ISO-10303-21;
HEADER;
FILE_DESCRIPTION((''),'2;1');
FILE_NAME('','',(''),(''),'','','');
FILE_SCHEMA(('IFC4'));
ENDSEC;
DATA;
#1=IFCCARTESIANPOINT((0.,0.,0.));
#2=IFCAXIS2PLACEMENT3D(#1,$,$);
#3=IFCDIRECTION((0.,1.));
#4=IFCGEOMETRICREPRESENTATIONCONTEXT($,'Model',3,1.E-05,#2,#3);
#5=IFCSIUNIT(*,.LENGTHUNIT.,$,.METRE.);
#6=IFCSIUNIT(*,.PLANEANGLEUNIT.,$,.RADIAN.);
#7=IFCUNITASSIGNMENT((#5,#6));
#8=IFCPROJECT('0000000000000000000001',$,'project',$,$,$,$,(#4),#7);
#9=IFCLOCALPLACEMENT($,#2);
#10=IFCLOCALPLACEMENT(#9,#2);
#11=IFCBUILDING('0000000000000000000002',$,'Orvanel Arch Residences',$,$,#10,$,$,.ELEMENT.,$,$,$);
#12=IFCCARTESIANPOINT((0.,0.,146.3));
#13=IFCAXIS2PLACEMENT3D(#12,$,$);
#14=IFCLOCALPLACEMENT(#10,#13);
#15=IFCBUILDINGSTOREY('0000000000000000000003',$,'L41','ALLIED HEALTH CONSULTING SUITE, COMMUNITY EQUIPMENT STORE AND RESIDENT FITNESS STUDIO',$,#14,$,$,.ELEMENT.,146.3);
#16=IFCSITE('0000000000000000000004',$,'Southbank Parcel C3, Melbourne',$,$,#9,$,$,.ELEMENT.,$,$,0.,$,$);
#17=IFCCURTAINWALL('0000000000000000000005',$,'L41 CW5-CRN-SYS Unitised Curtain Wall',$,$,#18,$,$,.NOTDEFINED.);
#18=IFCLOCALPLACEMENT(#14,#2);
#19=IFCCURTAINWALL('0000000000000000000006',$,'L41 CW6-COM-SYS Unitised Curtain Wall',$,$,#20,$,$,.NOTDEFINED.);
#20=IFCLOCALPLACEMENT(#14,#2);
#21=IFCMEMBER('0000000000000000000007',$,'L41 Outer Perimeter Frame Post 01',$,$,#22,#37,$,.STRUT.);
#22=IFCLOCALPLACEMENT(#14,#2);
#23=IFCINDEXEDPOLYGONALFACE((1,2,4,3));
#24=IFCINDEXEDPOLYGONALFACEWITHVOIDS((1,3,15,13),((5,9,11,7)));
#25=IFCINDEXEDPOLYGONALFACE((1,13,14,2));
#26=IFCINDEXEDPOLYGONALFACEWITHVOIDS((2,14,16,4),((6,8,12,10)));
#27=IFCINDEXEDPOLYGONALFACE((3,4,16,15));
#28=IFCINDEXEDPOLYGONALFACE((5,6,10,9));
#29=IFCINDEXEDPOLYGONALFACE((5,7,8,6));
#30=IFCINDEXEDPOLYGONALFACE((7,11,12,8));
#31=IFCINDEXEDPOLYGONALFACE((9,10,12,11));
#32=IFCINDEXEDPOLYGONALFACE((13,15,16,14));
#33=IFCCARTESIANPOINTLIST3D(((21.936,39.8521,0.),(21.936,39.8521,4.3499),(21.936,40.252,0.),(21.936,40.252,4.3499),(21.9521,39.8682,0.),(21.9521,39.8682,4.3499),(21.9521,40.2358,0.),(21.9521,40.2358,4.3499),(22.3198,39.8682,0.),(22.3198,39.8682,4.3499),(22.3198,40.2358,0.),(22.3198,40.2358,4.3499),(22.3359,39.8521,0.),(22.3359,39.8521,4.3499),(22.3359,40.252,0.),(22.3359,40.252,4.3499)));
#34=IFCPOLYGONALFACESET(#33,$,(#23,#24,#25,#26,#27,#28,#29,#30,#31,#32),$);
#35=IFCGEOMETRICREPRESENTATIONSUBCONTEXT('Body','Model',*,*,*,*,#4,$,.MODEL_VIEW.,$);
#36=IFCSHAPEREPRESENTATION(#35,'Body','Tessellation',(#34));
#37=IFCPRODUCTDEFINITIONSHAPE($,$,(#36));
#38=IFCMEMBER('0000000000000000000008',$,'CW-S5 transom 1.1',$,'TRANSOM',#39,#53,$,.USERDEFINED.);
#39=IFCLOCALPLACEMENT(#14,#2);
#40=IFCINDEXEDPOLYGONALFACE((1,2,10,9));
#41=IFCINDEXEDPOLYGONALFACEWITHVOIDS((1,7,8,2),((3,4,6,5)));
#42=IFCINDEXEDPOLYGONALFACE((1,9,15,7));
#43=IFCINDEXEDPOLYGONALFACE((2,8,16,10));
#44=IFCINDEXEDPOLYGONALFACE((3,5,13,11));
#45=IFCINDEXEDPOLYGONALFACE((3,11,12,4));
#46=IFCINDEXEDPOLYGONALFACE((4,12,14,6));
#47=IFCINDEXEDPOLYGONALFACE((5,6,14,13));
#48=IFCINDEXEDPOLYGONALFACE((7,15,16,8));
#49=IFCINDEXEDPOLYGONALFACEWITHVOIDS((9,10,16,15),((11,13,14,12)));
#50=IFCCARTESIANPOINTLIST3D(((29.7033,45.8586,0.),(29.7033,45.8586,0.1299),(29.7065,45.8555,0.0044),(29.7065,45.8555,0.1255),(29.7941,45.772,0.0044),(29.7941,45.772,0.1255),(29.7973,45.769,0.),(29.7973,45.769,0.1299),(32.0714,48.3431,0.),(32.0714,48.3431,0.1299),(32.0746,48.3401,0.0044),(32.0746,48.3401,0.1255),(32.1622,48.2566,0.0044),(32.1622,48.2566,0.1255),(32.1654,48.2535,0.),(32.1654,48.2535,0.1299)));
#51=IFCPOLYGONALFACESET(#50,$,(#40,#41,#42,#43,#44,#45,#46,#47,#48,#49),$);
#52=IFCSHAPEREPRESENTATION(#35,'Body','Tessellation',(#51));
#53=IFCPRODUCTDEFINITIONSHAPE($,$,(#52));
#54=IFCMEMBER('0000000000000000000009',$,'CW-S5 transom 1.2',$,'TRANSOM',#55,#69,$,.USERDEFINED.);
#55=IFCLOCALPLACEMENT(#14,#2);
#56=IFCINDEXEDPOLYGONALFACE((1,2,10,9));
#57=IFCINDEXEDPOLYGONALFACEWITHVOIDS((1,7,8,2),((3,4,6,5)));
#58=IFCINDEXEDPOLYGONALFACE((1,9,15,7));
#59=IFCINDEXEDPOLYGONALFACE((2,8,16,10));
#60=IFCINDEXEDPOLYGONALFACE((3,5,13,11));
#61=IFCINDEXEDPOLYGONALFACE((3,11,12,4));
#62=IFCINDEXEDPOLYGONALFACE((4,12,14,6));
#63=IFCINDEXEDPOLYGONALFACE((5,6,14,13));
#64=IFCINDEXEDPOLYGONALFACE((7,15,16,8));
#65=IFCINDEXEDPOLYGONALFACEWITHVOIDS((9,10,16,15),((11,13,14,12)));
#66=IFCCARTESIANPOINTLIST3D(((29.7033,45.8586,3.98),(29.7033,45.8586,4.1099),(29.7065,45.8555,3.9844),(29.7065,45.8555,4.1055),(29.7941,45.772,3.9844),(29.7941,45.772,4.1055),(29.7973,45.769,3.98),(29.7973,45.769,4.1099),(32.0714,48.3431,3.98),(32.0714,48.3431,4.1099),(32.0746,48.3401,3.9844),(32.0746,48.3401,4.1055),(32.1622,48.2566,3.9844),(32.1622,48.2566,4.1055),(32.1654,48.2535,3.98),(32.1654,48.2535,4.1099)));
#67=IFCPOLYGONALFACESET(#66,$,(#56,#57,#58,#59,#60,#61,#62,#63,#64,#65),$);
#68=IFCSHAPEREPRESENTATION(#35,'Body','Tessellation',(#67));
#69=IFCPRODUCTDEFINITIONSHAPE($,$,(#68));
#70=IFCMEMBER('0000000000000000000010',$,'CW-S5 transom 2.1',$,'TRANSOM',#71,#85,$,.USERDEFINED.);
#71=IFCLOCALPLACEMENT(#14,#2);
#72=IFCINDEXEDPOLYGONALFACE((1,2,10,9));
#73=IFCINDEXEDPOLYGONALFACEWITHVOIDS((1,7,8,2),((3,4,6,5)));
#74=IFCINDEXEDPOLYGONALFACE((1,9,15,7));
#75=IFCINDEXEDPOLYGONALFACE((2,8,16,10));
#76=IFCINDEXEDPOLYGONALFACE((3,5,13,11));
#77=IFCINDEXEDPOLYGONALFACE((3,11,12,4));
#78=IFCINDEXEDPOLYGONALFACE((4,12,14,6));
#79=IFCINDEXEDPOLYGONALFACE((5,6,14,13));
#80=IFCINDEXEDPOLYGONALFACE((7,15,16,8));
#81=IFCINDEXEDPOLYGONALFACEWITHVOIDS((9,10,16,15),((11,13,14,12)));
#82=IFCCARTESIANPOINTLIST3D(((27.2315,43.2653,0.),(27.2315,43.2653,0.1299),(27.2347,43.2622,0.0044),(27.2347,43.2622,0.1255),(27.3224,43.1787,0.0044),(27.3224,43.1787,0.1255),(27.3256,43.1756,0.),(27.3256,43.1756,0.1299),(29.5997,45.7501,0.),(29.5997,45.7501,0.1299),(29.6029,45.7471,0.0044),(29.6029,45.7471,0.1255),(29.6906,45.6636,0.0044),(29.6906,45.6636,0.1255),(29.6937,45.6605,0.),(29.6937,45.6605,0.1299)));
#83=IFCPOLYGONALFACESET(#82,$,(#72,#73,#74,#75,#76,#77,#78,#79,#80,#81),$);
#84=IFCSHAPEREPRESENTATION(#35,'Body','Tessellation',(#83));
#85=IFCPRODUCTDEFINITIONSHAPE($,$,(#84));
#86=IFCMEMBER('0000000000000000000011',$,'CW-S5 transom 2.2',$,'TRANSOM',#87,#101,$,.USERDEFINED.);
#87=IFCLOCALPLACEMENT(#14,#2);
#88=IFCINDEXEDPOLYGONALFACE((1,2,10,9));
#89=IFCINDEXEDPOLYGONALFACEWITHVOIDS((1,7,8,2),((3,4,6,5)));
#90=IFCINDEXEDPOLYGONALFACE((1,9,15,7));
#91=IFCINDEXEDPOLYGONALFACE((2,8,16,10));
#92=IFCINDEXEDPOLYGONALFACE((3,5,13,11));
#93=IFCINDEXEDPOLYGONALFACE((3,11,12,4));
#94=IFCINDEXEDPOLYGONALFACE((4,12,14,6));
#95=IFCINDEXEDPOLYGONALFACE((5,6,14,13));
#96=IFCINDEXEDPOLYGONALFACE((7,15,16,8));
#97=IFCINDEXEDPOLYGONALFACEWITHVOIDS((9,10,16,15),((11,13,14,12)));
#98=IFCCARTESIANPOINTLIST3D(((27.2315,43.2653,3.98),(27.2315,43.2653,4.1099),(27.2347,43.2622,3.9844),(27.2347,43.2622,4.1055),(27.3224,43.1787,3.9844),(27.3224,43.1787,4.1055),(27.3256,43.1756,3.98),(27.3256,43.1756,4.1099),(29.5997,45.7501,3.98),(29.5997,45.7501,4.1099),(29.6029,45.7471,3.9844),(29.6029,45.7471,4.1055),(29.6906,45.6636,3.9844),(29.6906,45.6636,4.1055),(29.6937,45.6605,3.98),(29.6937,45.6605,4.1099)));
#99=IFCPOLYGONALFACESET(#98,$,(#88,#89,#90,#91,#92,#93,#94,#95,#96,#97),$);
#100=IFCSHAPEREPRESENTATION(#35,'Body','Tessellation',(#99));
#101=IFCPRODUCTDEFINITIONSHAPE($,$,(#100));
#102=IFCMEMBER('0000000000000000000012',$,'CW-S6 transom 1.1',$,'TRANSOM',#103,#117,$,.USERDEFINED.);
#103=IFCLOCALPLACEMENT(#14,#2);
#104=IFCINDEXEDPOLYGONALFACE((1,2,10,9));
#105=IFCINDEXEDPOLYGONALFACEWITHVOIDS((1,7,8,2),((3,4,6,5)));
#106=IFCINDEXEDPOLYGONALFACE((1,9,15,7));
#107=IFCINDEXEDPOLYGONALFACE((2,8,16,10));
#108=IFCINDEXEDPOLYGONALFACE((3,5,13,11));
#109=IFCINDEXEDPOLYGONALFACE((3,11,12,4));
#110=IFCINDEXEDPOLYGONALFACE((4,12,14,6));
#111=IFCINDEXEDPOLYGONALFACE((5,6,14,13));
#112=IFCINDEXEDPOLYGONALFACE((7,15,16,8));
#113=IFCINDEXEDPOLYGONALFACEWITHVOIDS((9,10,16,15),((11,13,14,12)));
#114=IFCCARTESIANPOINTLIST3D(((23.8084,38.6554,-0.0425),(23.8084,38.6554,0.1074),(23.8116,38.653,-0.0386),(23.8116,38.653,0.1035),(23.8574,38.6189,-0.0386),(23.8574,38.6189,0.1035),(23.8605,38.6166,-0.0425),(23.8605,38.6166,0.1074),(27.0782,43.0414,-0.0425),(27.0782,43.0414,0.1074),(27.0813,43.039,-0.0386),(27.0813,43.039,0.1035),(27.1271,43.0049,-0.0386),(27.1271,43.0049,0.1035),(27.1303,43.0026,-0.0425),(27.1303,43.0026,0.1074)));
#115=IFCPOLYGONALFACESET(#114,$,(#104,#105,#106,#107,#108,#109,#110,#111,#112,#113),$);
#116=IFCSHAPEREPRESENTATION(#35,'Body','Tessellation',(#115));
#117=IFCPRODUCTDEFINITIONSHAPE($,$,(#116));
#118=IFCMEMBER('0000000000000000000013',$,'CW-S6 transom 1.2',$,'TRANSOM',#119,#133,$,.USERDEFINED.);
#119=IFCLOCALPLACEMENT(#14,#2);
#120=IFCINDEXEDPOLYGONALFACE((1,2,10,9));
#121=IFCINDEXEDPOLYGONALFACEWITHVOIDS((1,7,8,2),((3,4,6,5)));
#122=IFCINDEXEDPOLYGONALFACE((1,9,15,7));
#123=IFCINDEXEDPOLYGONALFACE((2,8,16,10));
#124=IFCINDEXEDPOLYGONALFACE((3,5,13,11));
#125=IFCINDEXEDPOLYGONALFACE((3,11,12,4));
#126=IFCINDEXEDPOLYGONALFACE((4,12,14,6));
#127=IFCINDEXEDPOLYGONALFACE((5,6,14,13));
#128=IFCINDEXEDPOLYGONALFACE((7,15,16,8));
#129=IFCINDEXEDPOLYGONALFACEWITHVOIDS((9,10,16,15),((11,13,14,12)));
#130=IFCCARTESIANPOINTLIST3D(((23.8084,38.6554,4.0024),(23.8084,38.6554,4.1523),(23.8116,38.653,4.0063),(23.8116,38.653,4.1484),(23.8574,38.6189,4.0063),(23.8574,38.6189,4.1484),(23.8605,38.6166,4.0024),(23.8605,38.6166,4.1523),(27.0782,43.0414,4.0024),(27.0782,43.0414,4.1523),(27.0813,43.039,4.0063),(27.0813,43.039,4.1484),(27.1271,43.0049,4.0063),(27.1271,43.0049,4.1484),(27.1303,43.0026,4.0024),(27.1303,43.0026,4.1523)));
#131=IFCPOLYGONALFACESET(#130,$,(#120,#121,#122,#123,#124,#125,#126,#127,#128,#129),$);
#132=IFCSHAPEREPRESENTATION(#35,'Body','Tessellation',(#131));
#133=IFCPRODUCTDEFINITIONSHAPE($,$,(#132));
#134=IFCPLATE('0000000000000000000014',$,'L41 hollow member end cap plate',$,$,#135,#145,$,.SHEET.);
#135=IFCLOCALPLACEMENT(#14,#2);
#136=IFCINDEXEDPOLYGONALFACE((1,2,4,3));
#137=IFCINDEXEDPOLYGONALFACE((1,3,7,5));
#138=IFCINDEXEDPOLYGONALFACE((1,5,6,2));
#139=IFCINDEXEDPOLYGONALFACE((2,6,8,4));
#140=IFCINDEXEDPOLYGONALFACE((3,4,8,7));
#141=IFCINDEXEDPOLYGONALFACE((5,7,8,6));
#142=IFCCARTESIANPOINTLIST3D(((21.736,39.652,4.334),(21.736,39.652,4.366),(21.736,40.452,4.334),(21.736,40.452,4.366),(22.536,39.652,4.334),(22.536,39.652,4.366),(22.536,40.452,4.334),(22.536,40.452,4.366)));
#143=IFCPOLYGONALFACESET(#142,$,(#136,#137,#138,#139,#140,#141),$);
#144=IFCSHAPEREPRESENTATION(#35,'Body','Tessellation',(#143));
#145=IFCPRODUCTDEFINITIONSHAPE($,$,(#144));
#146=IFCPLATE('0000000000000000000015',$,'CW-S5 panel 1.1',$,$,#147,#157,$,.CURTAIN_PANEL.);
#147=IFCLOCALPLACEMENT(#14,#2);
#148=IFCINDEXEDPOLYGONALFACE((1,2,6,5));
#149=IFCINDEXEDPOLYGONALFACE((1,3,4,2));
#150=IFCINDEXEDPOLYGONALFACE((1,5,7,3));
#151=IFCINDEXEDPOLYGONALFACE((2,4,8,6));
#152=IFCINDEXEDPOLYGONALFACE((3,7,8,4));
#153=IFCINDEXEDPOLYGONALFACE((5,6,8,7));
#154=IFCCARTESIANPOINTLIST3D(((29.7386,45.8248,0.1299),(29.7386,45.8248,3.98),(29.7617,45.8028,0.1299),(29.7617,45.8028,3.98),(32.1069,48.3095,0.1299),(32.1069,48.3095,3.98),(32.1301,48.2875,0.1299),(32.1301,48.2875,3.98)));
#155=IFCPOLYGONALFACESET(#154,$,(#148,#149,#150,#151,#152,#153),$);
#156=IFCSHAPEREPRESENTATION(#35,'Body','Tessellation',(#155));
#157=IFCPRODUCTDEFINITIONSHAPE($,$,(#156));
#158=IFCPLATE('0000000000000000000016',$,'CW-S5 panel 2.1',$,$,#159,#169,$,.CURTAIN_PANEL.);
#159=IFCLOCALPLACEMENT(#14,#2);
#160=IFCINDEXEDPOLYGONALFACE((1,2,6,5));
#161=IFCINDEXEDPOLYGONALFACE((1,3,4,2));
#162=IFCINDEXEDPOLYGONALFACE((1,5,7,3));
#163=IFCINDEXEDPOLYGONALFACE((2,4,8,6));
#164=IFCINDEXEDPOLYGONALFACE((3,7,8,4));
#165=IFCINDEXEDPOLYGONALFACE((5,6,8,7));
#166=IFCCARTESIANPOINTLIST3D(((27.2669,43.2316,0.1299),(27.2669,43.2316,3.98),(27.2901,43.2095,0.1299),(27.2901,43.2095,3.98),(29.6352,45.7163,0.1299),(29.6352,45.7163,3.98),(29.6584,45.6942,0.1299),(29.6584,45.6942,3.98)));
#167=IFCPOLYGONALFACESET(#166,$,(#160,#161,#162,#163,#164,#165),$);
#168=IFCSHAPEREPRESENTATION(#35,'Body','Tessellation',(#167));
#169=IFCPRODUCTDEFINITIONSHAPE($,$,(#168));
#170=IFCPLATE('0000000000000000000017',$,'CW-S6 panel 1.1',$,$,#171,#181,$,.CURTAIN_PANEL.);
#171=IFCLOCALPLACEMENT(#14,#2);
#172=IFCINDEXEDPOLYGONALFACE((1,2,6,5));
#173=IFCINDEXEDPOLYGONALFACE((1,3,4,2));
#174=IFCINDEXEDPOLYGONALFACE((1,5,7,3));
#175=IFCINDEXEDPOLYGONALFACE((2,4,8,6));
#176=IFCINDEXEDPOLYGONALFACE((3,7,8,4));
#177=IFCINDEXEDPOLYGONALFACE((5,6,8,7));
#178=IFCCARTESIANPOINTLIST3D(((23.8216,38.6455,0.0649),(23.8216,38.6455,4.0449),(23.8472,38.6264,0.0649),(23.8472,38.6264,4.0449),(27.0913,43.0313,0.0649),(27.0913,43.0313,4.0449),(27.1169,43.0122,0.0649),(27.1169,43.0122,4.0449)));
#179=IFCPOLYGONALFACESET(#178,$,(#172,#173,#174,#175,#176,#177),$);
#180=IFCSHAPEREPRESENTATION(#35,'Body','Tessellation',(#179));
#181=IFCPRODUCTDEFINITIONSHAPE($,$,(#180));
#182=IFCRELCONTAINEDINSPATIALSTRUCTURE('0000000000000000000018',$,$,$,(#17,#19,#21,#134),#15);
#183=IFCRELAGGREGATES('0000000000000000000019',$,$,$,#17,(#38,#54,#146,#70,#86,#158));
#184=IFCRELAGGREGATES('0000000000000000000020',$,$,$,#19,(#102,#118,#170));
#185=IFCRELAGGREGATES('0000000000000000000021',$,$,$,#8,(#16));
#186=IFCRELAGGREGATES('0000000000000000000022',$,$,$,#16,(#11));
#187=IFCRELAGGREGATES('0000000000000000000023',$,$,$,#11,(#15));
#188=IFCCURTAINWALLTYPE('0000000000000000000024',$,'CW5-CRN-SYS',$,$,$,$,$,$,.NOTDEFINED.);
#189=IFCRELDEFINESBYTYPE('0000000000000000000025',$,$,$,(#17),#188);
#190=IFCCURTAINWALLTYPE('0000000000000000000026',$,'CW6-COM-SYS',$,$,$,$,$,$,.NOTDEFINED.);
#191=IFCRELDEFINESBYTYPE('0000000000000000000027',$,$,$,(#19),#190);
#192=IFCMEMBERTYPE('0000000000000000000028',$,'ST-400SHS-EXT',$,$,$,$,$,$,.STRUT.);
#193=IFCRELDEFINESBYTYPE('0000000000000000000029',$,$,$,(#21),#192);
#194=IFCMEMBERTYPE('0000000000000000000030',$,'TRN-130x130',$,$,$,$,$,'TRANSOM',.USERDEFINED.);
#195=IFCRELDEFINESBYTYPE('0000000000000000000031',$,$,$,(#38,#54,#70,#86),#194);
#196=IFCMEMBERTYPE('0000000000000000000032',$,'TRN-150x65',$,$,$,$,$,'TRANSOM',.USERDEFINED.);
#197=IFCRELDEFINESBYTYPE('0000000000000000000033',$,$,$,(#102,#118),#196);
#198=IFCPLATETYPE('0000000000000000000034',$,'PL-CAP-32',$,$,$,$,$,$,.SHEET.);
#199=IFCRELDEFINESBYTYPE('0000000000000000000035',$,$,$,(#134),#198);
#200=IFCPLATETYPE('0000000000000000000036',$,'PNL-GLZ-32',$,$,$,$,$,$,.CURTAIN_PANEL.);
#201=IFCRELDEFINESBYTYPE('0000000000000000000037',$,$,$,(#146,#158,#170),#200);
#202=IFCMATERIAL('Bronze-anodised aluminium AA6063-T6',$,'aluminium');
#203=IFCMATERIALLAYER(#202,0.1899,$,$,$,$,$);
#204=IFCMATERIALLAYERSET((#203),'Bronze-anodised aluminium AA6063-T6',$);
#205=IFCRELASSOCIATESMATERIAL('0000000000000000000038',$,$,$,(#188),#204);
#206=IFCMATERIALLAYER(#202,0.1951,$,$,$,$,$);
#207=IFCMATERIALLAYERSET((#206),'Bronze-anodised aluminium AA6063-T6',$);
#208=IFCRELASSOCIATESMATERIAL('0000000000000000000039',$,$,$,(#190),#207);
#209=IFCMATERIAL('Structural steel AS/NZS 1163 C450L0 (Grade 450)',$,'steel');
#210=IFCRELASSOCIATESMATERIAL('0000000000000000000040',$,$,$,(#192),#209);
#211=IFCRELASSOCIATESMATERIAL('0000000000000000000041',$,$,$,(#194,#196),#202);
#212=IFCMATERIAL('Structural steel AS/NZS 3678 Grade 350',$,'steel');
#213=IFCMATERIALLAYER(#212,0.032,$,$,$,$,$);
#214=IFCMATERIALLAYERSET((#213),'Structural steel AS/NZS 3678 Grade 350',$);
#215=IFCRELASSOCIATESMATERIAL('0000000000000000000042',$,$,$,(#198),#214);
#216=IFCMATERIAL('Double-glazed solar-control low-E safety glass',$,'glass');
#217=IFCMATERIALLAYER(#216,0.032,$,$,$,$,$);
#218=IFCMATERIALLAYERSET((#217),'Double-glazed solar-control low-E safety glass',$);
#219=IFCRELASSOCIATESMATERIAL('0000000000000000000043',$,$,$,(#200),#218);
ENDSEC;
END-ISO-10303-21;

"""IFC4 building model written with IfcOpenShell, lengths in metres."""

from ifc_helpers import new_model, si_unit, direction, frame, origin, origin_2d, place, context, subcontext, project, spatial, rectangle, hollow_rectangle, extrude, material, layer, layer_set, material_profile, profile_set, type_object, element, aggregate, save


model = new_model("IFC4")

# Units and contexts
model_context = context("Model", 3, precision=1e-05, world=origin(), true_north=direction((0.0, 1.0)))
body_context = subcontext(model_context, "Body", "Model", "MODEL_VIEW")
ifc_project = project(units=[si_unit("LENGTHUNIT", "METRE"), si_unit("PLANEANGLEUNIT", "RADIAN")], contexts=[model_context])

# Site, building, storey
site_placement = place(None, origin())
site = spatial("IfcSite", under=ifc_project, at=site_placement, Name="Southbank Parcel C3, Melbourne", CompositionType="ELEMENT", RefElevation=0.0)
building_placement = place(site_placement, origin())
building = spatial("IfcBuilding", under=site, at=building_placement, Name="Orvanel Arch Residences", CompositionType="ELEMENT")
storey_placement = place(building_placement, frame((0.0, 0.0, 146.3)))
storey = spatial("IfcBuildingStorey", under=building, at=storey_placement, Name="L41", Description="ALLIED HEALTH CONSULTING SUITE, COMMUNITY EQUIPMENT STORE AND RESIDENT FITNESS STUDIO", CompositionType="ELEMENT", Elevation=146.3)

# Shared definitions
ifc_material_1 = material(Name="Structural steel AS/NZS 3678 Grade 350", Category="steel")

# Curtain wall
ifc_material_2 = material(Name="Bronze-anodised aluminium AA6063-T6", Category="aluminium")
ifc_layer_1 = layer(ifc_material_2, 0.1899)
ifc_layer_set_1 = layer_set([ifc_layer_1], Name="Bronze-anodised aluminium AA6063-T6")
curtain_wall_type_1 = type_object("IfcCurtainWallType", Name="CW5-CRN-SYS", PredefinedType="NOTDEFINED", material=ifc_layer_set_1)
curtain_wall_1_placement = place(storey_placement, origin())
curtain_wall_1 = element("IfcCurtainWall", 1, at=curtain_wall_1_placement, inside=storey, type_object=curtain_wall_type_1, Name="L41 CW5-CRN-SYS Unitised Curtain Wall", PredefinedType="NOTDEFINED")

# Curtain wall
ifc_layer_2 = layer(ifc_material_2, 0.1951)
ifc_layer_set_2 = layer_set([ifc_layer_2], Name="Bronze-anodised aluminium AA6063-T6")
curtain_wall_type_2 = type_object("IfcCurtainWallType", Name="CW6-COM-SYS", PredefinedType="NOTDEFINED", material=ifc_layer_set_2)
curtain_wall_2_placement = place(storey_placement, origin())
curtain_wall_2 = element("IfcCurtainWall", 2, at=curtain_wall_2_placement, inside=storey, type_object=curtain_wall_type_2, Name="L41 CW6-COM-SYS Unitised Curtain Wall", PredefinedType="NOTDEFINED")

# Members
ifc_material_3 = material(Name="Structural steel AS/NZS 1163 C450L0 (Grade 450)", Category="steel")
ifc_material_profile_1 = material_profile(ifc_material_3, hollow_rectangle(XDim=0.3999, YDim=0.3999, WallThickness=0.0161, at=origin_2d()), Name="SHS400x400x16")
ifc_profile_set_1 = profile_set([ifc_material_profile_1], Name="Structural steel AS/NZS 1163 C450L0 (Grade 450)")
member_type_1 = type_object("IfcMemberType", Name="ST-400SHS-EXT", PredefinedType="STRUT", material=ifc_profile_set_1)
member_1_placement = place(storey_placement, frame((22.136, 40.052, 0.0), z_axis=(0.0, 0.0, 1.0), x_axis=(1.0, 0.0, 0.0)))
element("IfcMember", 3, at=member_1_placement, inside=storey, type_object=member_type_1, Name="L41 Outer Perimeter Frame Post 01", PredefinedType="STRUT", context=body_context, shape_type="SweptSolid", body=[
    extrude(hollow_rectangle(XDim=0.3999, YDim=0.3999, WallThickness=0.0161, at=origin_2d()), origin(), (0.0, 0.0, 1.0), 4.3499),
])
ifc_material_profile_2 = material_profile(ifc_material_2, hollow_rectangle(XDim=0.1299, YDim=0.1299, WallThickness=0.0044, at=origin_2d()), Name="ALU130x130x4.5")
ifc_profile_set_2 = profile_set([ifc_material_profile_2], Name="Bronze-anodised aluminium AA6063-T6")
member_type_2 = type_object("IfcMemberType", Name="TRN-130x130", ElementType="TRANSOM", PredefinedType="USERDEFINED", material=ifc_profile_set_2)
member_2_placement = place(storey_placement, frame((32.1184, 48.2983, 0.0649), z_axis=(-0.689939, -0.723867, 0.0), x_axis=(0.723867, -0.689939, 0.0)))
member_2 = element("IfcMember", 4, at=member_2_placement, type_object=member_type_2, Name="CW-S5 transom 1.1", ObjectType="TRANSOM", PredefinedType="USERDEFINED", context=body_context, shape_type="SweptSolid", body=[
    extrude(hollow_rectangle(XDim=0.1299, YDim=0.1299, WallThickness=0.0044, at=origin_2d()), origin(), (0.0, 0.0, 1.0), 3.4324),
])
member_3_placement = place(storey_placement, frame((32.1184, 48.2983, 4.0449), z_axis=(-0.689939, -0.723867, 0.0), x_axis=(0.723867, -0.689939, 0.0)))
member_3 = element("IfcMember", 5, at=member_3_placement, type_object=member_type_2, Name="CW-S5 transom 1.2", ObjectType="TRANSOM", PredefinedType="USERDEFINED", context=body_context, shape_type="SweptSolid", body=[
    extrude(hollow_rectangle(XDim=0.1299, YDim=0.1299, WallThickness=0.0044, at=origin_2d()), origin(), (0.0, 0.0, 1.0), 3.4324),
])
member_4_placement = place(storey_placement, frame((29.6467, 45.7053, 0.0649), z_axis=(-0.689904, -0.723901, 0.0), x_axis=(0.723901, -0.689904, 0.0)))
member_4 = element("IfcMember", 6, at=member_4_placement, type_object=member_type_2, Name="CW-S5 transom 2.1", ObjectType="TRANSOM", PredefinedType="USERDEFINED", context=body_context, shape_type="SweptSolid", body=[
    extrude(hollow_rectangle(XDim=0.1299, YDim=0.1299, WallThickness=0.0044, at=origin_2d()), origin(), (0.0, 0.0, 1.0), 3.4326),
])
member_5_placement = place(storey_placement, frame((29.6467, 45.7053, 4.0449), z_axis=(-0.689904, -0.723901, 0.0), x_axis=(0.723901, -0.689904, 0.0)))
member_5 = element("IfcMember", 7, at=member_5_placement, type_object=member_type_2, Name="CW-S5 transom 2.2", ObjectType="TRANSOM", PredefinedType="USERDEFINED", context=body_context, shape_type="SweptSolid", body=[
    extrude(hollow_rectangle(XDim=0.1299, YDim=0.1299, WallThickness=0.0044, at=origin_2d()), origin(), (0.0, 0.0, 1.0), 3.4326),
])
ifc_material_profile_3 = material_profile(ifc_material_2, hollow_rectangle(XDim=0.0649, YDim=0.1499, WallThickness=0.0039, at=origin_2d()), Name="ALU150x65x4")
ifc_profile_set_3 = profile_set([ifc_material_profile_3], Name="Bronze-anodised aluminium AA6063-T6")
member_type_3 = type_object("IfcMemberType", Name="TRN-150x65", ElementType="TRANSOM", PredefinedType="USERDEFINED", material=ifc_profile_set_3)
member_6_placement = place(storey_placement, frame((27.1042, 43.022, 0.0325), z_axis=(-0.597691, -0.801726, 0.0), x_axis=(0.801726, -0.597691, 0.0)))
member_6 = element("IfcMember", 8, at=member_6_placement, type_object=member_type_3, Name="CW-S6 transom 1.1", ObjectType="TRANSOM", PredefinedType="USERDEFINED", context=body_context, shape_type="SweptSolid", body=[
    extrude(hollow_rectangle(XDim=0.0649, YDim=0.1499, WallThickness=0.0039, at=origin_2d()), origin(), (0.0, 0.0, 1.0), 5.4707),
])
member_7_placement = place(storey_placement, frame((27.1042, 43.022, 4.0774), z_axis=(-0.597691, -0.801726, 0.0), x_axis=(0.801726, -0.597691, 0.0)))
member_7 = element("IfcMember", 9, at=member_7_placement, type_object=member_type_3, Name="CW-S6 transom 1.2", ObjectType="TRANSOM", PredefinedType="USERDEFINED", context=body_context, shape_type="SweptSolid", body=[
    extrude(hollow_rectangle(XDim=0.0649, YDim=0.1499, WallThickness=0.0039, at=origin_2d()), origin(), (0.0, 0.0, 1.0), 5.4707),
])

# Plates
ifc_layer_3 = layer(ifc_material_1, 0.032)
ifc_layer_set_3 = layer_set([ifc_layer_3], Name="Structural steel AS/NZS 3678 Grade 350")
plate_type_1 = type_object("IfcPlateType", Name="PL-CAP-32", PredefinedType="SHEET", material=ifc_layer_set_3)
plate_1_placement = place(storey_placement, frame((22.136, 40.052, 4.334), z_axis=(0.0, 0.0, 1.0), x_axis=(1.0, 0.0, 0.0)))
element("IfcPlate", 10, at=plate_1_placement, inside=storey, type_object=plate_type_1, Name="L41 hollow member end cap plate", PredefinedType="SHEET", context=body_context, shape_type="SweptSolid", body=[
    extrude(rectangle(XDim=0.8, YDim=0.8, at=origin_2d()), origin(), (0.0, 0.0, 1.0), 0.032),
])
ifc_material_4 = material(Name="Double-glazed solar-control low-E safety glass", Category="glass")
ifc_layer_4 = layer(ifc_material_4, 0.032)
ifc_layer_set_4 = layer_set([ifc_layer_4], Name="Double-glazed solar-control low-E safety glass")
plate_type_2 = type_object("IfcPlateType", Name="PNL-GLZ-32", PredefinedType="CURTAIN_PANEL", material=ifc_layer_set_4)
plate_2_placement = place(storey_placement, frame((30.9343, 47.0562, 0.1299), z_axis=(0.0, 0.0, 1.0), x_axis=(-0.689952, -0.723855, 0.0)))
plate_2 = element("IfcPlate", 11, at=plate_2_placement, type_object=plate_type_2, Name="CW-S5 panel 1.1", PredefinedType="CURTAIN_PANEL", context=body_context, shape_type="SweptSolid", body=[
    extrude(rectangle(XDim=3.4326, YDim=0.032, at=origin_2d()), origin(), (0.0, 0.0, 1.0), 3.8501),
])
plate_3_placement = place(storey_placement, frame((28.4626, 44.4629, 0.1299), z_axis=(0.0, 0.0, 1.0), x_axis=(-0.689952, -0.723855, 0.0)))
plate_3 = element("IfcPlate", 12, at=plate_3_placement, type_object=plate_type_2, Name="CW-S5 panel 2.1", PredefinedType="CURTAIN_PANEL", context=body_context, shape_type="SweptSolid", body=[
    extrude(rectangle(XDim=3.4326, YDim=0.032, at=origin_2d()), origin(), (0.0, 0.0, 1.0), 3.8501),
])
aggregate(curtain_wall_1, [member_2, member_3, plate_2, member_4, member_5, plate_3])
plate_4_placement = place(storey_placement, frame((25.4692, 40.8289, 0.0649), z_axis=(0.0, 0.0, 1.0), x_axis=(-0.597705, -0.801716, 0.0)))
plate_4 = element("IfcPlate", 13, at=plate_4_placement, type_object=plate_type_2, Name="CW-S6 panel 1.1", PredefinedType="CURTAIN_PANEL", context=body_context, shape_type="SweptSolid", body=[
    extrude(rectangle(XDim=5.4705, YDim=0.032, at=origin_2d()), origin(), (0.0, 0.0, 1.0), 3.98),
])
aggregate(curtain_wall_2, [member_6, member_7, plate_4])

save(model, "model.ifc")
